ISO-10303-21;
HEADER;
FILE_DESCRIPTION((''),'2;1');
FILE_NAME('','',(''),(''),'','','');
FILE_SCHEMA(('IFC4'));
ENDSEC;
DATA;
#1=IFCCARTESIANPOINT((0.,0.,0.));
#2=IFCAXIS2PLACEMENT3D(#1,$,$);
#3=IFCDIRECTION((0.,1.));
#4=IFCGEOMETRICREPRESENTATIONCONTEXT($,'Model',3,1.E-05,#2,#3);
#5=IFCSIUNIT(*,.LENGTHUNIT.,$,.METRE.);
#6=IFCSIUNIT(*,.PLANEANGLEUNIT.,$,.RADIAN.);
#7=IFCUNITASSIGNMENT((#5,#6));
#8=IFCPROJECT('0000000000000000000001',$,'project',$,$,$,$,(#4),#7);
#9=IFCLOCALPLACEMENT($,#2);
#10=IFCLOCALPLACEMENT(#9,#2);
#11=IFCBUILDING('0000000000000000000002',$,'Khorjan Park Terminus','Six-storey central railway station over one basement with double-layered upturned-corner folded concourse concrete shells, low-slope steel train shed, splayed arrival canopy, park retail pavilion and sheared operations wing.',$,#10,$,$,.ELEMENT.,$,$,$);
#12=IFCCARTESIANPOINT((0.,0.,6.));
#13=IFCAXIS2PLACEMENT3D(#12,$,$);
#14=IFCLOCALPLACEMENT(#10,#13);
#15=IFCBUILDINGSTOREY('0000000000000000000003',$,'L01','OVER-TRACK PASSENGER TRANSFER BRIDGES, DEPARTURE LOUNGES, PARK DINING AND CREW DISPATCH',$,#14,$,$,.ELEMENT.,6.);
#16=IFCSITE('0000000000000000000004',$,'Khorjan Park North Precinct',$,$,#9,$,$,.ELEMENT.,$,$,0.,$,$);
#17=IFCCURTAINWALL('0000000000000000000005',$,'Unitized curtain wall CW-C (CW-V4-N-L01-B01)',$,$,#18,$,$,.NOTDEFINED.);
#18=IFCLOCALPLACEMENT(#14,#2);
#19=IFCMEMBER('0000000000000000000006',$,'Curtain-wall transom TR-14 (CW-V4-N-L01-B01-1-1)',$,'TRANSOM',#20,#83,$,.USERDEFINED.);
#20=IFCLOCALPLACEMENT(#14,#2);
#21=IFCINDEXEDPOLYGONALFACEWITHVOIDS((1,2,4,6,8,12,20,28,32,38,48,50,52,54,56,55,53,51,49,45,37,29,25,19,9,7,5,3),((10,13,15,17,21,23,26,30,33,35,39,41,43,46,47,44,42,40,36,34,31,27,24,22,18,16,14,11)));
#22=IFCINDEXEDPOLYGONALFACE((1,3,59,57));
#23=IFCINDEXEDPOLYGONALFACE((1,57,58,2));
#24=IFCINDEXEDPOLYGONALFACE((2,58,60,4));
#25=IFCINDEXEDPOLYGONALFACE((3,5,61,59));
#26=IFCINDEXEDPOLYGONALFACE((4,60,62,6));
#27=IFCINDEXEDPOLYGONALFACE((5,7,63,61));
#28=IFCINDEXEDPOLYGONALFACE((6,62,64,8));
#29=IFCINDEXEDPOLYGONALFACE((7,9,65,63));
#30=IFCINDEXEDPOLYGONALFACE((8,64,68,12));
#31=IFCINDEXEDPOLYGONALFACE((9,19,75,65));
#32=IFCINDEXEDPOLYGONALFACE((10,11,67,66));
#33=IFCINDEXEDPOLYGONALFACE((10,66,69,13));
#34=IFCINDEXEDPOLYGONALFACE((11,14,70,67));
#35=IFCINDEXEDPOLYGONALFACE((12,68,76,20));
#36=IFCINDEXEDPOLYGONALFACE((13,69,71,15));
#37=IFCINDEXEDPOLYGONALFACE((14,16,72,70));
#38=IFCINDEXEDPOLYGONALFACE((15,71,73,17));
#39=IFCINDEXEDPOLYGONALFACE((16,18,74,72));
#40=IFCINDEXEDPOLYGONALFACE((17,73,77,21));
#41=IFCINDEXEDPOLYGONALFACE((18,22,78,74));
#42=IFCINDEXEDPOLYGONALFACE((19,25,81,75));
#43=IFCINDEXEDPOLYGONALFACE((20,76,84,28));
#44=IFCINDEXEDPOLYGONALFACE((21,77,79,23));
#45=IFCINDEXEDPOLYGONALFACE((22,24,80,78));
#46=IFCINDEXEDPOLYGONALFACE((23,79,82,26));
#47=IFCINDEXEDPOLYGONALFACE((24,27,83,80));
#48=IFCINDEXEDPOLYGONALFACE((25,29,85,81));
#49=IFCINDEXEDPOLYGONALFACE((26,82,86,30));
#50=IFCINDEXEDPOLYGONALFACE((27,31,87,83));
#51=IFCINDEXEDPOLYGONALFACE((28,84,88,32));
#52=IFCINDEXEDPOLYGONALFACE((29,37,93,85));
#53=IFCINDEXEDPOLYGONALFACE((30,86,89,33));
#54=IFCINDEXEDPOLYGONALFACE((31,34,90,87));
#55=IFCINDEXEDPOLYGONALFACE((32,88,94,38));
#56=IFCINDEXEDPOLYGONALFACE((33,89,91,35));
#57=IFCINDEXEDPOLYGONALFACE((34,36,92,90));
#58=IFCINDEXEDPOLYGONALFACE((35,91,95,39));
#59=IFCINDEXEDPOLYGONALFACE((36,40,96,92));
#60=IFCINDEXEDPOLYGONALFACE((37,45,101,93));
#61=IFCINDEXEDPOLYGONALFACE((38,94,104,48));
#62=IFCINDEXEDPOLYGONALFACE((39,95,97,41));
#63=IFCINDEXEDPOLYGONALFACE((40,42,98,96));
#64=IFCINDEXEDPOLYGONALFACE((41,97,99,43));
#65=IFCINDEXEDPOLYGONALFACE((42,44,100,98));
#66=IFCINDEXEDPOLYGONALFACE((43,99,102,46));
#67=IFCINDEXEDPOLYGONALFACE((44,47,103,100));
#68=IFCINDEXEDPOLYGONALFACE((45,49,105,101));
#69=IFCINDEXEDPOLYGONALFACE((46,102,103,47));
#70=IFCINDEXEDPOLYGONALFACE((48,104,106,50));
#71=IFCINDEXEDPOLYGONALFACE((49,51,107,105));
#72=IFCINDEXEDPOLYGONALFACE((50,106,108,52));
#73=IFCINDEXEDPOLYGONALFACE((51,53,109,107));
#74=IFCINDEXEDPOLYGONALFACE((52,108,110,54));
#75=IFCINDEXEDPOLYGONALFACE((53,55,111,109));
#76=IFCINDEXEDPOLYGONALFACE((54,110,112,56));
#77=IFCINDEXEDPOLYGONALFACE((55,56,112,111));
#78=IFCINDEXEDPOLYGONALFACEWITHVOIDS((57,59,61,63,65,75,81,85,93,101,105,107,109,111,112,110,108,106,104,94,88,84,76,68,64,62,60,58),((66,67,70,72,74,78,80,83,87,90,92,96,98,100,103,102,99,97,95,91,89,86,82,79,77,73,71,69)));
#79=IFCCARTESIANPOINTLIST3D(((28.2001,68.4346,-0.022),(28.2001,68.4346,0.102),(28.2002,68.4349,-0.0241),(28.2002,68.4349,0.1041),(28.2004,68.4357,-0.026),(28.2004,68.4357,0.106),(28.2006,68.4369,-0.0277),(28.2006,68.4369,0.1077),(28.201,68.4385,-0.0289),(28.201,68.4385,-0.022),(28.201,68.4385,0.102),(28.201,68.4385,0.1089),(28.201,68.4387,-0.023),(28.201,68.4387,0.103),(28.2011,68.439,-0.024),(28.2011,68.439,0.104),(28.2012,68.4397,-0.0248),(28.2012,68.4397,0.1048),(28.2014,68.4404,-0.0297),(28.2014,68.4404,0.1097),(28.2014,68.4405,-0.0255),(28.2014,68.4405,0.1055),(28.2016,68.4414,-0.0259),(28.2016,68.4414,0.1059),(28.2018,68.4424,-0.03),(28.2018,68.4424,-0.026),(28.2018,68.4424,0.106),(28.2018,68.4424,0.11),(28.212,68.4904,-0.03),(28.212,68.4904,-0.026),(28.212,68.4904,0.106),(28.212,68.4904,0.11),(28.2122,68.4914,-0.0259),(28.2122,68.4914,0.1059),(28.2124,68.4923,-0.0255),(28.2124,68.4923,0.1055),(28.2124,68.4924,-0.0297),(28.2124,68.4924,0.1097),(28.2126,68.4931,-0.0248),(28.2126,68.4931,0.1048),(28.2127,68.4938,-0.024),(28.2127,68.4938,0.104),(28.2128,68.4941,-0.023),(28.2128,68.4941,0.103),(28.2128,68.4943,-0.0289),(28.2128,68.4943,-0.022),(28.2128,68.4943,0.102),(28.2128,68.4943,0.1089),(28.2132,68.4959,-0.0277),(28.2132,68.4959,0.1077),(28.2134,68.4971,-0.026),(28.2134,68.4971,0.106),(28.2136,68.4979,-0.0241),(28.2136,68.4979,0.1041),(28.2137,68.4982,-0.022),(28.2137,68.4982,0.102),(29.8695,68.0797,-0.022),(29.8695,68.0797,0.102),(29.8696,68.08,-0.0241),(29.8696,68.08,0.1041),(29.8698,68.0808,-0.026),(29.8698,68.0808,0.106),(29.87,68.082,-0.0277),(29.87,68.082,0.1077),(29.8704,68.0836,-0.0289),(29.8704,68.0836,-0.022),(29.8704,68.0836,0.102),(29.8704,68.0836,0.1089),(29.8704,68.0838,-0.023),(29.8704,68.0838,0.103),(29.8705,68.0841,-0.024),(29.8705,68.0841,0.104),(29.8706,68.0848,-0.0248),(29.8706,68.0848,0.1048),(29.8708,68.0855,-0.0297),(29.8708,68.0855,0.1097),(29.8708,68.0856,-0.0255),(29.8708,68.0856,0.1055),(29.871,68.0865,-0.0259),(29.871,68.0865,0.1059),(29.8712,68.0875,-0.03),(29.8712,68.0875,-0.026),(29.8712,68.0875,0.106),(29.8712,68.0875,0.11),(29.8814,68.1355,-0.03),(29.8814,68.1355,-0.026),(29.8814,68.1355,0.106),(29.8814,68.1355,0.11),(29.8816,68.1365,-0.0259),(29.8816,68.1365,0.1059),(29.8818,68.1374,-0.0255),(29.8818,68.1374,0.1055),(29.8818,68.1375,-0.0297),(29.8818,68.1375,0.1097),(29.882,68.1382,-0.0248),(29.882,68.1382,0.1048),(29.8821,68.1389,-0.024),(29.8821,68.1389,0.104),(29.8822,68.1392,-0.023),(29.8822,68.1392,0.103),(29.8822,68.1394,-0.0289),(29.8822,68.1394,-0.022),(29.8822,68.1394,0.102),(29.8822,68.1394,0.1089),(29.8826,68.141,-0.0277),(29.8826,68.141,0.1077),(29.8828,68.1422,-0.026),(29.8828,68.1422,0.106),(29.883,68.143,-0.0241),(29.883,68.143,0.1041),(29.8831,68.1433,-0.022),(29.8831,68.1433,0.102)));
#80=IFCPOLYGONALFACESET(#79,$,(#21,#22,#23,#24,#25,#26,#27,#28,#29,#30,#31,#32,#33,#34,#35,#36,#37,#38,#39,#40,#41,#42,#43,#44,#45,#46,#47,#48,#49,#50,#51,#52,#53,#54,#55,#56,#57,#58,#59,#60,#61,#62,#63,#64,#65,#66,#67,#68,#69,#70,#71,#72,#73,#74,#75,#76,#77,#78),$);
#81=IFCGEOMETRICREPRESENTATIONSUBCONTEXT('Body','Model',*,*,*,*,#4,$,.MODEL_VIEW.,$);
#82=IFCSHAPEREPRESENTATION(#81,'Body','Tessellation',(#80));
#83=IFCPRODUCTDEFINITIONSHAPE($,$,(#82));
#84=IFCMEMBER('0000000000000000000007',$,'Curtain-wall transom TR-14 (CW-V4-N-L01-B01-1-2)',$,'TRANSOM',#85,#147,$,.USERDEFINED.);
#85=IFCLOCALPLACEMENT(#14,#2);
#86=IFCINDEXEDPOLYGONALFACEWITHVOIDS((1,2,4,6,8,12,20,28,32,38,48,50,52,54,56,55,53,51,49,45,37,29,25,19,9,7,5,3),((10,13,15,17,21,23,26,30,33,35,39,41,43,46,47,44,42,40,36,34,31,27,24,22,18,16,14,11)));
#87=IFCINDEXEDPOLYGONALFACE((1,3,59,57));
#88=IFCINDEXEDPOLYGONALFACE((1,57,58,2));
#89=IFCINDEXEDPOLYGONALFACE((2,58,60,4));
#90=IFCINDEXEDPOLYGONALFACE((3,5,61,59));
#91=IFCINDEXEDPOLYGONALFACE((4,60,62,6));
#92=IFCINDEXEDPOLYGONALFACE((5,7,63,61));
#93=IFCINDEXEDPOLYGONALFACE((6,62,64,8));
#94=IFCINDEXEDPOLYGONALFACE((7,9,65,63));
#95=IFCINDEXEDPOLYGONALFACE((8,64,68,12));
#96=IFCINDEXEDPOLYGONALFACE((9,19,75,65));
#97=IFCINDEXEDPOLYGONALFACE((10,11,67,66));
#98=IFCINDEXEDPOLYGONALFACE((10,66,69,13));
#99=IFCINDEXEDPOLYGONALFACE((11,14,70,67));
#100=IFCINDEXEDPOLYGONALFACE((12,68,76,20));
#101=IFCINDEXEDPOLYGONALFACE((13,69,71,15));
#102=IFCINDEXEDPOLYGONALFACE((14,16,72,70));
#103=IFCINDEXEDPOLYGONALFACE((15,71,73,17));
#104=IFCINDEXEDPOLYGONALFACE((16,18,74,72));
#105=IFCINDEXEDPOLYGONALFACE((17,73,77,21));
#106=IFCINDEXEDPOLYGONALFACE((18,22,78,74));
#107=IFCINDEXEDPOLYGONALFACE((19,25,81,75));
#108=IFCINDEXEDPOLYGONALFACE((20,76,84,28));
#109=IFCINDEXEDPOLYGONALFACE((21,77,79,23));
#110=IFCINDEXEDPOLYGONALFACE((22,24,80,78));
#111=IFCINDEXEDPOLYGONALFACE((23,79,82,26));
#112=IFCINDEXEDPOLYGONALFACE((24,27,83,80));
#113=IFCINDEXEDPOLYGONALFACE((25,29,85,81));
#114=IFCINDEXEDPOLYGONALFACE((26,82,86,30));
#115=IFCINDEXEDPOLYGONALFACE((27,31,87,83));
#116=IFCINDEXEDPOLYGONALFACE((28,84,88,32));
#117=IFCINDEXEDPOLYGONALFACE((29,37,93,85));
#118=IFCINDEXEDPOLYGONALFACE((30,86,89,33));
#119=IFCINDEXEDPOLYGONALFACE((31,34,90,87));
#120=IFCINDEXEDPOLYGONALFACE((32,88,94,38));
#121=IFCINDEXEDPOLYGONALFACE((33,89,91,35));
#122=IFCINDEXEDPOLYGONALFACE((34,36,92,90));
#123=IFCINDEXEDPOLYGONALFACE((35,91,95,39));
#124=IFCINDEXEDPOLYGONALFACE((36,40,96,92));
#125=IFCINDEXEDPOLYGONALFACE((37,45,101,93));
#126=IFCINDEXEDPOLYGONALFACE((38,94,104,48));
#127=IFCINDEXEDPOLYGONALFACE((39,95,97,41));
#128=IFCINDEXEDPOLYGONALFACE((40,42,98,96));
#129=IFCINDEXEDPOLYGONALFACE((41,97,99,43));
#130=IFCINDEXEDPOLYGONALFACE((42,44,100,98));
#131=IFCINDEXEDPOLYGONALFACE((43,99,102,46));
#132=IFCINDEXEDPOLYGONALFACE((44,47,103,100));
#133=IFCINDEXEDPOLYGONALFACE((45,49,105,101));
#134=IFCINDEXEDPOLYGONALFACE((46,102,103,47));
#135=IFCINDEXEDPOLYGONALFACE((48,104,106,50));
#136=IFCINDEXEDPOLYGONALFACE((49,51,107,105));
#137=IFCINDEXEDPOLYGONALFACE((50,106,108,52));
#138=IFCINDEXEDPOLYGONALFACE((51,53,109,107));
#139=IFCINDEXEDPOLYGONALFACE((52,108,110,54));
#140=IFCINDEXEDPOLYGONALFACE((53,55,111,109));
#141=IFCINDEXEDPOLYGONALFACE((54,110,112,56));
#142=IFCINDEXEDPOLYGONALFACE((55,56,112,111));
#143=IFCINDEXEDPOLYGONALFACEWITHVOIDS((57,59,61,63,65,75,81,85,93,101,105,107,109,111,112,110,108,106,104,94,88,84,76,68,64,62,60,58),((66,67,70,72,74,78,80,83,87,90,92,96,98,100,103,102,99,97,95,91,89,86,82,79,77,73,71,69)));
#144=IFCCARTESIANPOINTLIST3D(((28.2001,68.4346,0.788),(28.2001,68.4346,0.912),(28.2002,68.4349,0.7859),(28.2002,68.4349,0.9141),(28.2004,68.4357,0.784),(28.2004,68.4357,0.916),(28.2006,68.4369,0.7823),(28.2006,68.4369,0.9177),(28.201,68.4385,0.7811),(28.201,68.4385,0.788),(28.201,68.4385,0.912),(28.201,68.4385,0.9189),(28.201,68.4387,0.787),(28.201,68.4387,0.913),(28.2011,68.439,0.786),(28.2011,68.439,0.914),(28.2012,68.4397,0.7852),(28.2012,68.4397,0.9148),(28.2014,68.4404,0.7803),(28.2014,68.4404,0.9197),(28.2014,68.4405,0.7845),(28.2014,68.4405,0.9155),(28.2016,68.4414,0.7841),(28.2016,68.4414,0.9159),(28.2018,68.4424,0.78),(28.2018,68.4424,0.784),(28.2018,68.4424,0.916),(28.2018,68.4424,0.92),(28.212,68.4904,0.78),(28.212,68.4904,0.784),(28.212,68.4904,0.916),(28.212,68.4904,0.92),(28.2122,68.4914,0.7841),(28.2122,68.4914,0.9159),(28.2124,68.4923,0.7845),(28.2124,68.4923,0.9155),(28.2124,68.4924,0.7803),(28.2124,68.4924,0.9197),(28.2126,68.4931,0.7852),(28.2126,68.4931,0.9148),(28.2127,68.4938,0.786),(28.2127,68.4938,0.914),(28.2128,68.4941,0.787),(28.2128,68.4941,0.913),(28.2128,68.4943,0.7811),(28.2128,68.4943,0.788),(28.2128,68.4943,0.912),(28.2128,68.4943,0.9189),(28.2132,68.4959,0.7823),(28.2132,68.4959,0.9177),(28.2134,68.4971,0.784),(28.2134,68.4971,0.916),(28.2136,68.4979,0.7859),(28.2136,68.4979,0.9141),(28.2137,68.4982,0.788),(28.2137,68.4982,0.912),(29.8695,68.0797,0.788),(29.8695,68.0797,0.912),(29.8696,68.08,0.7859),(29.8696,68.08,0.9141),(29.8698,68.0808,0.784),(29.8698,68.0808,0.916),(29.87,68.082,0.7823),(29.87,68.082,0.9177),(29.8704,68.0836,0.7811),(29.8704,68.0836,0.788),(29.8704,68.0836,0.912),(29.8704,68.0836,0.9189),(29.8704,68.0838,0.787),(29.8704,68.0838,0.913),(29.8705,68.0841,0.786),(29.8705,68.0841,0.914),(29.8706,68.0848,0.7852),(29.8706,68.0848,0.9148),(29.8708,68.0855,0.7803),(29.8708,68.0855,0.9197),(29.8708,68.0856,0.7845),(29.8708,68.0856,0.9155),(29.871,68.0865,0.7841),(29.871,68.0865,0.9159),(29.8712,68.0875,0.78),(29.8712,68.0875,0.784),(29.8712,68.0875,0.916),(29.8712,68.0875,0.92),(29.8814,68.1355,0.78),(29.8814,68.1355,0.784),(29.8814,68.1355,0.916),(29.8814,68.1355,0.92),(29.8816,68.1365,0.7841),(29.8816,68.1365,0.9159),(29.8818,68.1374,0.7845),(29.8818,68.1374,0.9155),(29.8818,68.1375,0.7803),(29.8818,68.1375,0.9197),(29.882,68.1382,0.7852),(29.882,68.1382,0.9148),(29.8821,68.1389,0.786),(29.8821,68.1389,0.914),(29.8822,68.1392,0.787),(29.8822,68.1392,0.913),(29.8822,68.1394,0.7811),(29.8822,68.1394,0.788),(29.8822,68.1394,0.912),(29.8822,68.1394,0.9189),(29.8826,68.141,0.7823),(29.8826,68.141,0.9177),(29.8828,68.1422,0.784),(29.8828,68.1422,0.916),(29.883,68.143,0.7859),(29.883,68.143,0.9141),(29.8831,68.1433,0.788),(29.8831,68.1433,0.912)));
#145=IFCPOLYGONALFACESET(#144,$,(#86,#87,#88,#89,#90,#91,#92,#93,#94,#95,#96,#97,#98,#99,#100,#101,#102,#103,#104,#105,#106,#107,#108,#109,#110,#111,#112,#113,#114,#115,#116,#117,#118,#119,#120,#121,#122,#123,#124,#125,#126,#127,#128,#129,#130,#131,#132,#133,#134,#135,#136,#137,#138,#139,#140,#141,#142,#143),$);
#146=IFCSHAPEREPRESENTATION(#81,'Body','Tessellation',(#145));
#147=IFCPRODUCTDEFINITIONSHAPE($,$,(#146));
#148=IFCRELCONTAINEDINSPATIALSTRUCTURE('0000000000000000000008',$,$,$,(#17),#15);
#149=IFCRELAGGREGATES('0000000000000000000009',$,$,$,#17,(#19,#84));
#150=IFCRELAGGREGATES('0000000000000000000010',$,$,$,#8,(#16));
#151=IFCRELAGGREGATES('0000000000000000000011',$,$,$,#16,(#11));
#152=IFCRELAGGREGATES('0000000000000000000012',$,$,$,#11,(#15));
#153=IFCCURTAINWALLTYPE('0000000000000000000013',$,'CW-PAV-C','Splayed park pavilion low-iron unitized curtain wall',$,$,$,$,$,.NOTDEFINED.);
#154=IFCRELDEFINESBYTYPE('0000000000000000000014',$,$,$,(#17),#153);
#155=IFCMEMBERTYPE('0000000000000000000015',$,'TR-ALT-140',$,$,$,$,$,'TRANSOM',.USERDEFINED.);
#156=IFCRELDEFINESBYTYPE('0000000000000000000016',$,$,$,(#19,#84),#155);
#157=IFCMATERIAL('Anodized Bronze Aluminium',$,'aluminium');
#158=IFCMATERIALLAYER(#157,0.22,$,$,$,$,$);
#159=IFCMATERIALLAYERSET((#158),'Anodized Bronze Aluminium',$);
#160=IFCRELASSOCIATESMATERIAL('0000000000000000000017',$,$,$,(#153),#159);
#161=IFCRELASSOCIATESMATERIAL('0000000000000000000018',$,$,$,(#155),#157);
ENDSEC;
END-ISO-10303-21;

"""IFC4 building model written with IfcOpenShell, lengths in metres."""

from ifc_helpers import new_model, si_unit, direction, frame, origin, origin_2d, place, context, subcontext, project, spatial, hollow_rectangle, extrude, material, layer, layer_set, material_profile, profile_set, type_object, element, aggregate, save


model = new_model("IFC4")

# Units and contexts
model_context = context("Model", 3, precision=1e-05, world=origin(), true_north=direction((0.0, 1.0)))
body_context = subcontext(model_context, "Body", "Model", "MODEL_VIEW")
ifc_project = project(units=[si_unit("LENGTHUNIT", "METRE"), si_unit("PLANEANGLEUNIT", "RADIAN")], contexts=[model_context])

# Site, building, storey
site_placement = place(None, origin())
site = spatial("IfcSite", under=ifc_project, at=site_placement, Name="Khorjan Park North Precinct", CompositionType="ELEMENT", RefElevation=0.0)
building_placement = place(site_placement, origin())
building = spatial("IfcBuilding", under=site, at=building_placement, Name="Khorjan Park Terminus", Description="Six-storey central railway station over one basement with double-layered upturned-corner folded concourse concrete shells, low-slope steel train shed, splayed arrival canopy, park retail pavilion and sheared operations wing.", CompositionType="ELEMENT")
storey_placement = place(building_placement, frame((0.0, 0.0, 6.0)))
storey = spatial("IfcBuildingStorey", under=building, at=storey_placement, Name="L01", Description="OVER-TRACK PASSENGER TRANSFER BRIDGES, DEPARTURE LOUNGES, PARK DINING AND CREW DISPATCH", CompositionType="ELEMENT", Elevation=6.0)

# Curtain wall, members
ifc_material_1 = material(Name="Anodized Bronze Aluminium", Category="aluminium")
ifc_layer_1 = layer(ifc_material_1, 0.22)
ifc_layer_set_1 = layer_set([ifc_layer_1], Name="Anodized Bronze Aluminium")
curtain_wall_type = type_object("IfcCurtainWallType", Name="CW-PAV-C", Description="Splayed park pavilion low-iron unitized curtain wall", PredefinedType="NOTDEFINED", material=ifc_layer_set_1)
curtain_wall_1_placement = place(storey_placement, origin())
curtain_wall_1 = element("IfcCurtainWall", 1, at=curtain_wall_1_placement, inside=storey, type_object=curtain_wall_type, Name="Unitized curtain wall CW-C (CW-V4-N-L01-B01)", PredefinedType="NOTDEFINED")
ifc_material_profile_1 = material_profile(ifc_material_1, hollow_rectangle(XDim=0.065, YDim=0.14, WallThickness=0.004, InnerFilletRadius=0.004, OuterFilletRadius=0.008, at=origin_2d()), Name="ALT 65x140x4")
ifc_profile_set_1 = profile_set([ifc_material_profile_1], Name="Anodized Bronze Aluminium")
member_type_1 = type_object("IfcMemberType", Name="TR-ALT-140", ElementType="TRANSOM", PredefinedType="USERDEFINED", material=ifc_profile_set_1)
member_1_placement = place(storey_placement, frame((29.8763, 68.1115, 0.04), z_axis=(-0.978141, 0.207944, 0.0), x_axis=(-0.207944, -0.978141, 0.0)))
member_1 = element("IfcMember", 2, at=member_1_placement, type_object=member_type_1, Name="Curtain-wall transom TR-14 (CW-V4-N-L01-B01-1-1)", ObjectType="TRANSOM", PredefinedType="USERDEFINED", context=body_context, shape_type="SweptSolid", body=[
    extrude(hollow_rectangle(XDim=0.065, YDim=0.14, WallThickness=0.004, InnerFilletRadius=0.004, OuterFilletRadius=0.008, at=origin_2d()), origin(), (0.0, 0.0, 1.0), 1.7067),
])
member_2_placement = place(storey_placement, frame((29.8763, 68.1115, 0.85), z_axis=(-0.978141, 0.207944, 0.0), x_axis=(-0.207944, -0.978141, 0.0)))
member_2 = element("IfcMember", 3, at=member_2_placement, type_object=member_type_1, Name="Curtain-wall transom TR-14 (CW-V4-N-L01-B01-1-2)", ObjectType="TRANSOM", PredefinedType="USERDEFINED", context=body_context, shape_type="SweptSolid", body=[
    extrude(hollow_rectangle(XDim=0.065, YDim=0.14, WallThickness=0.004, InnerFilletRadius=0.004, OuterFilletRadius=0.008, at=origin_2d()), origin(), (0.0, 0.0, 1.0), 1.7067),
])

aggregate(curtain_wall_1, [member_1, member_2])

save(model, "model.ifc")
